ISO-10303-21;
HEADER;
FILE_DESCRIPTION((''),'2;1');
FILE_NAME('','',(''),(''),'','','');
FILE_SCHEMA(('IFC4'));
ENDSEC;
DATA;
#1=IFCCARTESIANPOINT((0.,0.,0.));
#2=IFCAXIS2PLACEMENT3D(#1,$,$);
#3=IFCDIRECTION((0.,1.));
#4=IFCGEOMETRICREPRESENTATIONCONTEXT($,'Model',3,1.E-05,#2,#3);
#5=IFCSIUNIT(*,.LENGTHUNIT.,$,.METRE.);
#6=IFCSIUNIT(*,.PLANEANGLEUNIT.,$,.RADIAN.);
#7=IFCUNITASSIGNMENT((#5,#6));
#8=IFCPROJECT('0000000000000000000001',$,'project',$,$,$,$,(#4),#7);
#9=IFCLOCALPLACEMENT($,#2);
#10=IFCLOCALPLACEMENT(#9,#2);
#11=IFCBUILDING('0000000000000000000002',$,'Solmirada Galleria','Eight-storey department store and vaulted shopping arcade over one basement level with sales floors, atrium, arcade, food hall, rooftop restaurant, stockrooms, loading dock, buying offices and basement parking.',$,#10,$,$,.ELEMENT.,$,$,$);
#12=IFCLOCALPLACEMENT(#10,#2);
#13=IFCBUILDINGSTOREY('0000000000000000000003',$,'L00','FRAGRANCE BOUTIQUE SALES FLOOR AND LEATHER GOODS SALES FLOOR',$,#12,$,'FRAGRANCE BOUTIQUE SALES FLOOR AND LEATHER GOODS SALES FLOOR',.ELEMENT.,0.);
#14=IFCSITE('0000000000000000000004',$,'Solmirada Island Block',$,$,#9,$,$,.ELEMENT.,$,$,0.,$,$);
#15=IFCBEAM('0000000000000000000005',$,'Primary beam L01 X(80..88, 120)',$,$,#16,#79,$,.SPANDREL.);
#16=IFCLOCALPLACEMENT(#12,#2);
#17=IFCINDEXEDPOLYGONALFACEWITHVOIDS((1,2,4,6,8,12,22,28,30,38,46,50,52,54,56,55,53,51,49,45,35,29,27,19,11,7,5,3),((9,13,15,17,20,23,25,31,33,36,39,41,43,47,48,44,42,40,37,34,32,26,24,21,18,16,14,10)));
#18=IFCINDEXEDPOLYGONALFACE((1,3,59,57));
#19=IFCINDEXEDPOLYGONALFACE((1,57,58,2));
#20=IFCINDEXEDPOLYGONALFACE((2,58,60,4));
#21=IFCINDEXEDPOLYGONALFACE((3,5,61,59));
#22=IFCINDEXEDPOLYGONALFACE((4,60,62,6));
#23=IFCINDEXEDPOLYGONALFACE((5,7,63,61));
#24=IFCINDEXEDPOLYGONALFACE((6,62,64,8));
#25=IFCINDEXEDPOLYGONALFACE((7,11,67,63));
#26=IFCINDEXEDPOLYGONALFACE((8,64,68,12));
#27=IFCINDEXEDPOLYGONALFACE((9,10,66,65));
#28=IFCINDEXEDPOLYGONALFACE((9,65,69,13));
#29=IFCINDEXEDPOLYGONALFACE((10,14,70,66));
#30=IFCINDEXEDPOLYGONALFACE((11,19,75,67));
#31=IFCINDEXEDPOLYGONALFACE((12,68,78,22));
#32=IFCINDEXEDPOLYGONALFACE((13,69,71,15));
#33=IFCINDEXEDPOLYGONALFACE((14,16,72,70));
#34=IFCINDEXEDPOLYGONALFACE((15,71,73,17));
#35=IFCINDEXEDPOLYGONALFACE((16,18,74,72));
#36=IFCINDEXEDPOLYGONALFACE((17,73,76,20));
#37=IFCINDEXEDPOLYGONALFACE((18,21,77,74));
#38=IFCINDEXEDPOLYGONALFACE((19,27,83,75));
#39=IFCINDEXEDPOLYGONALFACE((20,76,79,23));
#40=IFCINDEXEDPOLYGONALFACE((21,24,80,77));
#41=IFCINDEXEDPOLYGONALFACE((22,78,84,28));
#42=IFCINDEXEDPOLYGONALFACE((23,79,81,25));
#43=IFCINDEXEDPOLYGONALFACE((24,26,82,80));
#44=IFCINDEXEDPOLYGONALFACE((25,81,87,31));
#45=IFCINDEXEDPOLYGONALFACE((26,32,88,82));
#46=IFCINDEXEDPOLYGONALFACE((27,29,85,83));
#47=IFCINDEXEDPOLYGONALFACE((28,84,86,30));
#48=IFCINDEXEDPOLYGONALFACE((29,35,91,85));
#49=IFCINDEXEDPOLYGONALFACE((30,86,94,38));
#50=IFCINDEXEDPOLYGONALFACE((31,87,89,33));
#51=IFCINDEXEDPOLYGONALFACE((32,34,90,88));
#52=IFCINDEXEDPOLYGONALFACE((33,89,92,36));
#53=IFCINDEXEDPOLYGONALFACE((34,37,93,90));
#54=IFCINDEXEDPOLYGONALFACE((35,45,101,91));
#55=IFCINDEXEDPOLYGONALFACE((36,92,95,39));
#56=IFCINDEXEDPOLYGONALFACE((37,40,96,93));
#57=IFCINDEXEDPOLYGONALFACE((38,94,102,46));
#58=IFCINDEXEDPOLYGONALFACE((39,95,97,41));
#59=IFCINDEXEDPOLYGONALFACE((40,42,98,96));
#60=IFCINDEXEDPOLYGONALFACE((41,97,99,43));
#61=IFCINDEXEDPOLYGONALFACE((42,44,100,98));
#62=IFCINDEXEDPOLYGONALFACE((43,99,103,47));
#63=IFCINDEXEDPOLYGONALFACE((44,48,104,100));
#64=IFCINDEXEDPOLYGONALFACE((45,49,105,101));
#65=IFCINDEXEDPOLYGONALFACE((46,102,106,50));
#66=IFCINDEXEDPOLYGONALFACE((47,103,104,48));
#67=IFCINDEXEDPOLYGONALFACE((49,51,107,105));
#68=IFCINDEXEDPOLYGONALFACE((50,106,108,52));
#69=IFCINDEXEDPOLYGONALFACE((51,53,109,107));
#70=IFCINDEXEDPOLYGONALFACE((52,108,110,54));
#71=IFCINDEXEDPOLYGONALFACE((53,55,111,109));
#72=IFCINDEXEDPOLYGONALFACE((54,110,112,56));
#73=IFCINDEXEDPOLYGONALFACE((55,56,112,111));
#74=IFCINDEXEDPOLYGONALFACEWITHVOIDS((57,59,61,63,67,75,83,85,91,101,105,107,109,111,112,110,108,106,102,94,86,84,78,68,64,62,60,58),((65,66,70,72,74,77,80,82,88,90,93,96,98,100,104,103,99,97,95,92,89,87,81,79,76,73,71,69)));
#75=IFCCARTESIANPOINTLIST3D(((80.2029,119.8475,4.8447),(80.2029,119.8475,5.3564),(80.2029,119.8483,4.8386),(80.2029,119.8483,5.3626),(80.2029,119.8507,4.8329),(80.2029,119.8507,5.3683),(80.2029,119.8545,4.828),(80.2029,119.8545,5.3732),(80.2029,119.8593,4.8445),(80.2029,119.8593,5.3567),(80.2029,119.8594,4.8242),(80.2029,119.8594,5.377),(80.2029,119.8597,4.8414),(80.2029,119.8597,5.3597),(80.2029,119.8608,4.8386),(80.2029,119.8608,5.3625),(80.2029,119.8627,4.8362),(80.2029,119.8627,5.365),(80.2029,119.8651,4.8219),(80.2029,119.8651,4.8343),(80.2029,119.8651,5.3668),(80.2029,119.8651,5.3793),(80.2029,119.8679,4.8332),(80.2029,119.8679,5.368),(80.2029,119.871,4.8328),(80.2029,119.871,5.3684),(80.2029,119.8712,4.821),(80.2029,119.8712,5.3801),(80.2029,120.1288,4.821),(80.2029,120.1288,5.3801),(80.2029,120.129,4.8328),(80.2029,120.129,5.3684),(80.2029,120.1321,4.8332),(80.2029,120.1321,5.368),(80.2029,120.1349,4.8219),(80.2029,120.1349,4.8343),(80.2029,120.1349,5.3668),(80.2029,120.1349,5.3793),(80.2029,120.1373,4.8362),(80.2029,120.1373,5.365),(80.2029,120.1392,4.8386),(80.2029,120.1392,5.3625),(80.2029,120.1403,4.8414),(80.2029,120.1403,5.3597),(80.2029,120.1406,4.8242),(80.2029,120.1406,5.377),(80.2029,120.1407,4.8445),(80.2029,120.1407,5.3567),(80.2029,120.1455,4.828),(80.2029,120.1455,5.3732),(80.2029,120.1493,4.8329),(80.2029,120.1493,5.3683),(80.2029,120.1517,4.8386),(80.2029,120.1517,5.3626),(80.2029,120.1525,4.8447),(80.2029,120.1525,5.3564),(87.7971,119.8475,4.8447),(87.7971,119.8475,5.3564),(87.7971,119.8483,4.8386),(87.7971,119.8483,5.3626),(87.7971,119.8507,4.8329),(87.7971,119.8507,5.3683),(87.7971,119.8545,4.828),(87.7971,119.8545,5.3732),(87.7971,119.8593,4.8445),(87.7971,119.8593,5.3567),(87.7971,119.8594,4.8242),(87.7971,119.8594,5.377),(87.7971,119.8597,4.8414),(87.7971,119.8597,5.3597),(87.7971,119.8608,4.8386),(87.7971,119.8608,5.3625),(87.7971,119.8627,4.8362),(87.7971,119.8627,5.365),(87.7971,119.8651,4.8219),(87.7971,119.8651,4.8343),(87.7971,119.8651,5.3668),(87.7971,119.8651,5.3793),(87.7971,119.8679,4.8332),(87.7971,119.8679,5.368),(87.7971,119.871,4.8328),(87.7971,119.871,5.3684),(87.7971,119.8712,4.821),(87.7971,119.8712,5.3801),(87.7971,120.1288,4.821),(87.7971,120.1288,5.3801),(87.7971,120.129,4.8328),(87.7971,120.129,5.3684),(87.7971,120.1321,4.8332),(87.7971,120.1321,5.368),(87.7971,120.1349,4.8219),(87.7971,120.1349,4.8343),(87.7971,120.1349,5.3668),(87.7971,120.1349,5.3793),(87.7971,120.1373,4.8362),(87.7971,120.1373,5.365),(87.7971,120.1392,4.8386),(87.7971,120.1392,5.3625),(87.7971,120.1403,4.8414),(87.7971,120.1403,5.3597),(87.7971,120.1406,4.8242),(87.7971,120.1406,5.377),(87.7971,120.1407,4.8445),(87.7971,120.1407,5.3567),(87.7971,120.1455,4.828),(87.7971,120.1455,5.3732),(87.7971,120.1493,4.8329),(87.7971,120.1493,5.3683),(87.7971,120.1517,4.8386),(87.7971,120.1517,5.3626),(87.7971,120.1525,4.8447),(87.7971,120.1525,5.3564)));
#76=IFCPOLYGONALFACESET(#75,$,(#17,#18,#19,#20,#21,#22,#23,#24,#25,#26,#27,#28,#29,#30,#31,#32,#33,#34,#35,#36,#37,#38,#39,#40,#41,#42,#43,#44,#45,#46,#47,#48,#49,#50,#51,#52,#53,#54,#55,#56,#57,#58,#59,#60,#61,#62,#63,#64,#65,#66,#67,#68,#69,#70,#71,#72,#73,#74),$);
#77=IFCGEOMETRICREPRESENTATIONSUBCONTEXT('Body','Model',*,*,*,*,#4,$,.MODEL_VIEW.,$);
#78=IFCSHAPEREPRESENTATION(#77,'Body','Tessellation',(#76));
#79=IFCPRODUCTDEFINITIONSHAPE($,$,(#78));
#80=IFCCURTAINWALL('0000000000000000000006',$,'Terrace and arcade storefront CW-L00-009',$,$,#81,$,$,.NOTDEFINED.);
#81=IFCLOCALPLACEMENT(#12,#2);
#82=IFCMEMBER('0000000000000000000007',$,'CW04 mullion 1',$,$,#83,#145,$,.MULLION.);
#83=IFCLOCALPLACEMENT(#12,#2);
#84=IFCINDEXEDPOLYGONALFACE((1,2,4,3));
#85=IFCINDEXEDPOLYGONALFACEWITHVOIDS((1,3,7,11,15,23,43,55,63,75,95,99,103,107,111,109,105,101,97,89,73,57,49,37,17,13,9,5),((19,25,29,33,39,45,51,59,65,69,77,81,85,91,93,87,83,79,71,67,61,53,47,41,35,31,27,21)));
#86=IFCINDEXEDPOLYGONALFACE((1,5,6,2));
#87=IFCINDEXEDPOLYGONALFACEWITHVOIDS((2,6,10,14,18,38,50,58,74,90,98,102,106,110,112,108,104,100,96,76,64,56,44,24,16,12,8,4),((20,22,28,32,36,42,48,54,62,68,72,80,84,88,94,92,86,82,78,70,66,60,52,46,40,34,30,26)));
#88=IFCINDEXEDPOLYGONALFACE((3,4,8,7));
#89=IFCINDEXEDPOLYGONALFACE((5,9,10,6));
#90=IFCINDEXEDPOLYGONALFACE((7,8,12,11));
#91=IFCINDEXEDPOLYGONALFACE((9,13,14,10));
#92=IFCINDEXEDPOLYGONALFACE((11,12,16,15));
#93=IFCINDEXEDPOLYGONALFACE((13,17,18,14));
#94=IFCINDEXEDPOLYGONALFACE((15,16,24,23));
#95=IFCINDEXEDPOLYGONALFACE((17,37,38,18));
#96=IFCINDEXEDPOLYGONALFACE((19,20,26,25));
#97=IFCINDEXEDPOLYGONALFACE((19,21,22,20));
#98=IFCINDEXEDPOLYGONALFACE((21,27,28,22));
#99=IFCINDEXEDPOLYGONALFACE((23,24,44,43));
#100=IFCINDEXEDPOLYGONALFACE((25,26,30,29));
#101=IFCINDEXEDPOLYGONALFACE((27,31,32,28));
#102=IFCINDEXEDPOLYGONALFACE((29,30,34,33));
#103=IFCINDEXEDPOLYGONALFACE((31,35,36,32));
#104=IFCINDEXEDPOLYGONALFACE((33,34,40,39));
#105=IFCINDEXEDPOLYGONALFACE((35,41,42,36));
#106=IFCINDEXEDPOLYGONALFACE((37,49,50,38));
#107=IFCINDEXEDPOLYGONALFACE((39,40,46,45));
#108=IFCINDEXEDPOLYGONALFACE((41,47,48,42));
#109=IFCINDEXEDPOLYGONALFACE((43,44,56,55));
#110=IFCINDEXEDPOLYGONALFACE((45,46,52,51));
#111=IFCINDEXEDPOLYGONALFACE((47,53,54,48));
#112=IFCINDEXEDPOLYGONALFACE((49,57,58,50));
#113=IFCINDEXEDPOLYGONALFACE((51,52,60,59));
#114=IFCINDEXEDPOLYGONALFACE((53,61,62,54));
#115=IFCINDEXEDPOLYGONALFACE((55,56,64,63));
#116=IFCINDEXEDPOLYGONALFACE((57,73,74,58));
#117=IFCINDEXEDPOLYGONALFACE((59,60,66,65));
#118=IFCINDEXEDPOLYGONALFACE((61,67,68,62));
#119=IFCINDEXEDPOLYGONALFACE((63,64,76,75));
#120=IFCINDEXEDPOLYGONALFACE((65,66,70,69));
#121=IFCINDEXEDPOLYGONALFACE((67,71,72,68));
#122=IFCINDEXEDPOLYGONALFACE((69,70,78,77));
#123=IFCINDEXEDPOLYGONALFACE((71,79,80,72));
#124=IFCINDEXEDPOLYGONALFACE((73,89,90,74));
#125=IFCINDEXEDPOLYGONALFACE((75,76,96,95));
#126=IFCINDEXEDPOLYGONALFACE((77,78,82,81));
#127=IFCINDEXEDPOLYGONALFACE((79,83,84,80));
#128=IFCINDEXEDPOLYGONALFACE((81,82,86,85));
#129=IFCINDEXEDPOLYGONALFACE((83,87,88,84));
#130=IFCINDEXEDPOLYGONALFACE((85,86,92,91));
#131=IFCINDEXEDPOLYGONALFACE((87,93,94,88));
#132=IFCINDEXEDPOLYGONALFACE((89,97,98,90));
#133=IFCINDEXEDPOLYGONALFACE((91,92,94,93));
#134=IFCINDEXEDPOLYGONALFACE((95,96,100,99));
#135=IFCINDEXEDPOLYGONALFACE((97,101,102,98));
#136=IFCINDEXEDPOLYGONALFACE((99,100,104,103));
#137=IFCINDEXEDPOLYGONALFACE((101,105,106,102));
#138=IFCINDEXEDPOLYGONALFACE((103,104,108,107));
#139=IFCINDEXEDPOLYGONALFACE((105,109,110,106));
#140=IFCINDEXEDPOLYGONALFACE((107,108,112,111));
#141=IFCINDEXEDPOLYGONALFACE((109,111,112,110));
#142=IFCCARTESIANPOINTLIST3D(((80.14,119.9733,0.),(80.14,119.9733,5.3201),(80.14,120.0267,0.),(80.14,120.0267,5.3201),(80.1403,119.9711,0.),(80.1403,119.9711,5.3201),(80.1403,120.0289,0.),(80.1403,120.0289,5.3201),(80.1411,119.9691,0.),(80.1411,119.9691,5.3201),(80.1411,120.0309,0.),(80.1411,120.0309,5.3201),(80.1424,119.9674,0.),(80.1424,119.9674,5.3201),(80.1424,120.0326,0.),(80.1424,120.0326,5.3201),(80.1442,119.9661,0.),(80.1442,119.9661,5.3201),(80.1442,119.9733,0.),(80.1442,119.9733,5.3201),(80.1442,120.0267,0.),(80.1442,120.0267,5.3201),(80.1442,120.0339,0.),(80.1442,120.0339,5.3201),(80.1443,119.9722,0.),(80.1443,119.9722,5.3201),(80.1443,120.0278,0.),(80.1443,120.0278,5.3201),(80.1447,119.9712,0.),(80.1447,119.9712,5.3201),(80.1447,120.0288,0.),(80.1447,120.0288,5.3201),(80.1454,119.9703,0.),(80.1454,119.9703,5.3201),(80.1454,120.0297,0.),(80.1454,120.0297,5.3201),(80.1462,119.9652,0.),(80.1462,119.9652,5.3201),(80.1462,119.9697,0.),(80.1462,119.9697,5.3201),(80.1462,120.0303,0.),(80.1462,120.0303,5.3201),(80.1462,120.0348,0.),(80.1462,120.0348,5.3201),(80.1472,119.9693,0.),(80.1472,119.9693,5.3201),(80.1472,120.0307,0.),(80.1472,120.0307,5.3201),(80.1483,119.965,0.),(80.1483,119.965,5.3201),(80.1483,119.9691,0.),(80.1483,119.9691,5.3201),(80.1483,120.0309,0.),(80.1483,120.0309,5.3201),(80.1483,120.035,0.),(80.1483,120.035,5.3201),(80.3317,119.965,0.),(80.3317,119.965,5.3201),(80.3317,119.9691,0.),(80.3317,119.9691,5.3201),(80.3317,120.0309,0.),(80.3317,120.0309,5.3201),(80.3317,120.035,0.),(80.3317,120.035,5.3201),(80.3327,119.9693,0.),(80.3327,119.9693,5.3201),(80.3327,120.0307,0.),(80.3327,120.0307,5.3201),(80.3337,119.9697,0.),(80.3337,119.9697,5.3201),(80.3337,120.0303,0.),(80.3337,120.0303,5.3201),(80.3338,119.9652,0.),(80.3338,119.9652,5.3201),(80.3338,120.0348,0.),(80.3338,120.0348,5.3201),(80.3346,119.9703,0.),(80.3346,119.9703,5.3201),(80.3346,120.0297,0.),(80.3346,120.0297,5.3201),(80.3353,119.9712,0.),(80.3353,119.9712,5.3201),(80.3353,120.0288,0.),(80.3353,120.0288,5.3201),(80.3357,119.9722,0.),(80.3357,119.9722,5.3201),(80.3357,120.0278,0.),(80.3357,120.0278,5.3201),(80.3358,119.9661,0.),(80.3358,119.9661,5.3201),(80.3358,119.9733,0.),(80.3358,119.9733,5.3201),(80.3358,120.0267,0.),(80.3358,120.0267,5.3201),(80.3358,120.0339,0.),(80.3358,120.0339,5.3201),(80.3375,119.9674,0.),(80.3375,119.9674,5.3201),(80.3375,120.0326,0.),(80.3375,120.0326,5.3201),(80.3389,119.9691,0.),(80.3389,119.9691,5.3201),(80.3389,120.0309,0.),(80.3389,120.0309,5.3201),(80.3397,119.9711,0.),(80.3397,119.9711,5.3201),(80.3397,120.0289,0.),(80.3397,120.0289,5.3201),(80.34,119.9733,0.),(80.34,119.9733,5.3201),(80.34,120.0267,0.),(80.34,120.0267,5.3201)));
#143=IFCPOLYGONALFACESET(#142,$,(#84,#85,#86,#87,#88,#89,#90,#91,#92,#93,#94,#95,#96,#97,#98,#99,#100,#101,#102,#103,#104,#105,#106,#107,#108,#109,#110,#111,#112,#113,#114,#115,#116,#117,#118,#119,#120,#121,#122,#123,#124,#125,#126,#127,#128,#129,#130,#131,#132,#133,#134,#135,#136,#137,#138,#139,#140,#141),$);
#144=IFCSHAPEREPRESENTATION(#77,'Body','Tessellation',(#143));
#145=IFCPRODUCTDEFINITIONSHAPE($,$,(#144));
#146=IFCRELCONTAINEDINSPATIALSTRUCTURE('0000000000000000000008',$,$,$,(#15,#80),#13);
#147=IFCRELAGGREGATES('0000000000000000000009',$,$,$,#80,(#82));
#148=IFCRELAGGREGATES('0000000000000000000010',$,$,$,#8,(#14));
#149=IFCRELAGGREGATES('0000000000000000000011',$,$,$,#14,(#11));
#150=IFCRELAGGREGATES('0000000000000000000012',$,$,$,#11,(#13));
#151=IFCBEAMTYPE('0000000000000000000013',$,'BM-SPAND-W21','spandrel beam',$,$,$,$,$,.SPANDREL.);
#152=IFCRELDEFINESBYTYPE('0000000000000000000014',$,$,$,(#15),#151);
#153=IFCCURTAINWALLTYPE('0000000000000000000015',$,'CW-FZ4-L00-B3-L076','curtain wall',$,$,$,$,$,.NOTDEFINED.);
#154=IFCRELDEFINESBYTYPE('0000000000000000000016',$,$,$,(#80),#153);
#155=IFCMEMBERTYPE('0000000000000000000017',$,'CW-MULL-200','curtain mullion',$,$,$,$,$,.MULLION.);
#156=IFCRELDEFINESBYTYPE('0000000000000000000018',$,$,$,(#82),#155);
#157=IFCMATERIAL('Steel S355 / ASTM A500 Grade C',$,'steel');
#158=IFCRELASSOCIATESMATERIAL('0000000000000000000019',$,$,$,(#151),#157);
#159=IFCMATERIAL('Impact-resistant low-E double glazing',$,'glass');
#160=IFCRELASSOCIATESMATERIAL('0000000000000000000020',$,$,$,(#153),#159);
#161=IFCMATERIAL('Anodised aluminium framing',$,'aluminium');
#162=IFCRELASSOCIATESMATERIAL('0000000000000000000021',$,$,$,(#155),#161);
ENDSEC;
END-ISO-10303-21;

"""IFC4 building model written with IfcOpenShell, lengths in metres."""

from ifc_helpers import new_model, si_unit, direction, frame, origin, origin_2d, place, context, subcontext, project, spatial, hollow_rectangle, extrude, material, material_profile, profile_set, type_object, element, aggregate, save


model = new_model("IFC4")

# Units and contexts
model_context = context("Model", 3, precision=1e-05, world=origin(), true_north=direction((0.0, 1.0)))
body_context = subcontext(model_context, "Body", "Model", "MODEL_VIEW")
ifc_project = project(units=[si_unit("LENGTHUNIT", "METRE"), si_unit("PLANEANGLEUNIT", "RADIAN")], contexts=[model_context])

# Site, building, storey
site_placement = place(None, origin())
site = spatial("IfcSite", under=ifc_project, at=site_placement, Name="Solmirada Island Block", CompositionType="ELEMENT", RefElevation=0.0)
building_placement = place(site_placement, origin())
building = spatial("IfcBuilding", under=site, at=building_placement, Name="Solmirada Galleria", Description="Eight-storey department store and vaulted shopping arcade over one basement level with sales floors, atrium, arcade, food hall, rooftop restaurant, stockrooms, loading dock, buying offices and basement parking.", CompositionType="ELEMENT")
storey_placement = place(building_placement, origin())
storey = spatial("IfcBuildingStorey", under=building, at=storey_placement, Name="L00", Description="FRAGRANCE BOUTIQUE SALES FLOOR AND LEATHER GOODS SALES FLOOR", LongName="FRAGRANCE BOUTIQUE SALES FLOOR AND LEATHER GOODS SALES FLOOR", CompositionType="ELEMENT", Elevation=0.0)

# Shared definitions
ifc_material_1 = material(Name="Steel S355 / ASTM A500 Grade C", Category="steel")

# Beam
ifc_material_profile_1 = material_profile(ifc_material_1, hollow_rectangle(XDim=0.3049, YDim=0.5591, WallThickness=0.0117, InnerFilletRadius=0.0117, OuterFilletRadius=0.0237, at=origin_2d()), Name="HSS22X12X1/2")
ifc_profile_set_1 = profile_set([ifc_material_profile_1], Name="Steel S355 / ASTM A500 Grade C")
beam_type_1 = type_object("IfcBeamType", Name="BM-SPAND-W21", Description="spandrel beam", PredefinedType="SPANDREL", material=ifc_profile_set_1)
for number, where, z_axis, x_axis, name in (
    (1, (80.2029, 120.0, 5.1006), (1.0, 0.0, 0.0), (0.0, 1.0, 0.0), "Primary beam L01 X(80..88, 120)"),
):
    element("IfcBeam", number, at=place(storey_placement, frame(where, z_axis=z_axis, x_axis=x_axis)), inside=storey, type_object=beam_type_1, Name=name, PredefinedType="SPANDREL", context=body_context, shape_type="SweptSolid", body=[
        extrude(hollow_rectangle(XDim=0.3049, YDim=0.5591, WallThickness=0.0117, InnerFilletRadius=0.0117, OuterFilletRadius=0.0237, at=origin_2d()), origin(), (0.0, 0.0, 1.0), 7.5942),
    ])

# Curtain wall, member
ifc_material_2 = material(Name="Impact-resistant low-E double glazing", Category="glass")
curtain_wall_type = type_object("IfcCurtainWallType", Name="CW-FZ4-L00-B3-L076", Description="curtain wall", PredefinedType="NOTDEFINED", material=ifc_material_2)
curtain_wall_placement = place(storey_placement, origin())
curtain_wall = element("IfcCurtainWall", 2, at=curtain_wall_placement, inside=storey, type_object=curtain_wall_type, Name="Terrace and arcade storefront CW-L00-009", PredefinedType="NOTDEFINED")
ifc_material_3 = material(Name="Anodised aluminium framing", Category="aluminium")
ifc_material_profile_2 = material_profile(ifc_material_3, hollow_rectangle(XDim=0.0701, YDim=0.2, WallThickness=0.0042, InnerFilletRadius=0.0042, OuterFilletRadius=0.0083, at=origin_2d()), Name="ALU-MULL-200X70")
ifc_profile_set_2 = profile_set([ifc_material_profile_2], Name="Anodised aluminium framing")
member_type_1 = type_object("IfcMemberType", Name="CW-MULL-200", Description="curtain mullion", PredefinedType="MULLION", material=ifc_profile_set_2)
member_1_placement = place(storey_placement, frame((80.24, 120.0, 0.0), z_axis=(0.0, 0.0, 1.0), x_axis=(0.0, 1.0, 0.0)))
member_1 = element("IfcMember", 3, at=member_1_placement, type_object=member_type_1, Name="CW04 mullion 1", PredefinedType="MULLION", context=body_context, shape_type="SweptSolid", body=[
    extrude(hollow_rectangle(XDim=0.0701, YDim=0.2, WallThickness=0.0042, InnerFilletRadius=0.0042, OuterFilletRadius=0.0083, at=origin_2d()), origin(), (0.0, 0.0, 1.0), 5.3201),
])
aggregate(curtain_wall, [member_1])

save(model, "model.ifc")
